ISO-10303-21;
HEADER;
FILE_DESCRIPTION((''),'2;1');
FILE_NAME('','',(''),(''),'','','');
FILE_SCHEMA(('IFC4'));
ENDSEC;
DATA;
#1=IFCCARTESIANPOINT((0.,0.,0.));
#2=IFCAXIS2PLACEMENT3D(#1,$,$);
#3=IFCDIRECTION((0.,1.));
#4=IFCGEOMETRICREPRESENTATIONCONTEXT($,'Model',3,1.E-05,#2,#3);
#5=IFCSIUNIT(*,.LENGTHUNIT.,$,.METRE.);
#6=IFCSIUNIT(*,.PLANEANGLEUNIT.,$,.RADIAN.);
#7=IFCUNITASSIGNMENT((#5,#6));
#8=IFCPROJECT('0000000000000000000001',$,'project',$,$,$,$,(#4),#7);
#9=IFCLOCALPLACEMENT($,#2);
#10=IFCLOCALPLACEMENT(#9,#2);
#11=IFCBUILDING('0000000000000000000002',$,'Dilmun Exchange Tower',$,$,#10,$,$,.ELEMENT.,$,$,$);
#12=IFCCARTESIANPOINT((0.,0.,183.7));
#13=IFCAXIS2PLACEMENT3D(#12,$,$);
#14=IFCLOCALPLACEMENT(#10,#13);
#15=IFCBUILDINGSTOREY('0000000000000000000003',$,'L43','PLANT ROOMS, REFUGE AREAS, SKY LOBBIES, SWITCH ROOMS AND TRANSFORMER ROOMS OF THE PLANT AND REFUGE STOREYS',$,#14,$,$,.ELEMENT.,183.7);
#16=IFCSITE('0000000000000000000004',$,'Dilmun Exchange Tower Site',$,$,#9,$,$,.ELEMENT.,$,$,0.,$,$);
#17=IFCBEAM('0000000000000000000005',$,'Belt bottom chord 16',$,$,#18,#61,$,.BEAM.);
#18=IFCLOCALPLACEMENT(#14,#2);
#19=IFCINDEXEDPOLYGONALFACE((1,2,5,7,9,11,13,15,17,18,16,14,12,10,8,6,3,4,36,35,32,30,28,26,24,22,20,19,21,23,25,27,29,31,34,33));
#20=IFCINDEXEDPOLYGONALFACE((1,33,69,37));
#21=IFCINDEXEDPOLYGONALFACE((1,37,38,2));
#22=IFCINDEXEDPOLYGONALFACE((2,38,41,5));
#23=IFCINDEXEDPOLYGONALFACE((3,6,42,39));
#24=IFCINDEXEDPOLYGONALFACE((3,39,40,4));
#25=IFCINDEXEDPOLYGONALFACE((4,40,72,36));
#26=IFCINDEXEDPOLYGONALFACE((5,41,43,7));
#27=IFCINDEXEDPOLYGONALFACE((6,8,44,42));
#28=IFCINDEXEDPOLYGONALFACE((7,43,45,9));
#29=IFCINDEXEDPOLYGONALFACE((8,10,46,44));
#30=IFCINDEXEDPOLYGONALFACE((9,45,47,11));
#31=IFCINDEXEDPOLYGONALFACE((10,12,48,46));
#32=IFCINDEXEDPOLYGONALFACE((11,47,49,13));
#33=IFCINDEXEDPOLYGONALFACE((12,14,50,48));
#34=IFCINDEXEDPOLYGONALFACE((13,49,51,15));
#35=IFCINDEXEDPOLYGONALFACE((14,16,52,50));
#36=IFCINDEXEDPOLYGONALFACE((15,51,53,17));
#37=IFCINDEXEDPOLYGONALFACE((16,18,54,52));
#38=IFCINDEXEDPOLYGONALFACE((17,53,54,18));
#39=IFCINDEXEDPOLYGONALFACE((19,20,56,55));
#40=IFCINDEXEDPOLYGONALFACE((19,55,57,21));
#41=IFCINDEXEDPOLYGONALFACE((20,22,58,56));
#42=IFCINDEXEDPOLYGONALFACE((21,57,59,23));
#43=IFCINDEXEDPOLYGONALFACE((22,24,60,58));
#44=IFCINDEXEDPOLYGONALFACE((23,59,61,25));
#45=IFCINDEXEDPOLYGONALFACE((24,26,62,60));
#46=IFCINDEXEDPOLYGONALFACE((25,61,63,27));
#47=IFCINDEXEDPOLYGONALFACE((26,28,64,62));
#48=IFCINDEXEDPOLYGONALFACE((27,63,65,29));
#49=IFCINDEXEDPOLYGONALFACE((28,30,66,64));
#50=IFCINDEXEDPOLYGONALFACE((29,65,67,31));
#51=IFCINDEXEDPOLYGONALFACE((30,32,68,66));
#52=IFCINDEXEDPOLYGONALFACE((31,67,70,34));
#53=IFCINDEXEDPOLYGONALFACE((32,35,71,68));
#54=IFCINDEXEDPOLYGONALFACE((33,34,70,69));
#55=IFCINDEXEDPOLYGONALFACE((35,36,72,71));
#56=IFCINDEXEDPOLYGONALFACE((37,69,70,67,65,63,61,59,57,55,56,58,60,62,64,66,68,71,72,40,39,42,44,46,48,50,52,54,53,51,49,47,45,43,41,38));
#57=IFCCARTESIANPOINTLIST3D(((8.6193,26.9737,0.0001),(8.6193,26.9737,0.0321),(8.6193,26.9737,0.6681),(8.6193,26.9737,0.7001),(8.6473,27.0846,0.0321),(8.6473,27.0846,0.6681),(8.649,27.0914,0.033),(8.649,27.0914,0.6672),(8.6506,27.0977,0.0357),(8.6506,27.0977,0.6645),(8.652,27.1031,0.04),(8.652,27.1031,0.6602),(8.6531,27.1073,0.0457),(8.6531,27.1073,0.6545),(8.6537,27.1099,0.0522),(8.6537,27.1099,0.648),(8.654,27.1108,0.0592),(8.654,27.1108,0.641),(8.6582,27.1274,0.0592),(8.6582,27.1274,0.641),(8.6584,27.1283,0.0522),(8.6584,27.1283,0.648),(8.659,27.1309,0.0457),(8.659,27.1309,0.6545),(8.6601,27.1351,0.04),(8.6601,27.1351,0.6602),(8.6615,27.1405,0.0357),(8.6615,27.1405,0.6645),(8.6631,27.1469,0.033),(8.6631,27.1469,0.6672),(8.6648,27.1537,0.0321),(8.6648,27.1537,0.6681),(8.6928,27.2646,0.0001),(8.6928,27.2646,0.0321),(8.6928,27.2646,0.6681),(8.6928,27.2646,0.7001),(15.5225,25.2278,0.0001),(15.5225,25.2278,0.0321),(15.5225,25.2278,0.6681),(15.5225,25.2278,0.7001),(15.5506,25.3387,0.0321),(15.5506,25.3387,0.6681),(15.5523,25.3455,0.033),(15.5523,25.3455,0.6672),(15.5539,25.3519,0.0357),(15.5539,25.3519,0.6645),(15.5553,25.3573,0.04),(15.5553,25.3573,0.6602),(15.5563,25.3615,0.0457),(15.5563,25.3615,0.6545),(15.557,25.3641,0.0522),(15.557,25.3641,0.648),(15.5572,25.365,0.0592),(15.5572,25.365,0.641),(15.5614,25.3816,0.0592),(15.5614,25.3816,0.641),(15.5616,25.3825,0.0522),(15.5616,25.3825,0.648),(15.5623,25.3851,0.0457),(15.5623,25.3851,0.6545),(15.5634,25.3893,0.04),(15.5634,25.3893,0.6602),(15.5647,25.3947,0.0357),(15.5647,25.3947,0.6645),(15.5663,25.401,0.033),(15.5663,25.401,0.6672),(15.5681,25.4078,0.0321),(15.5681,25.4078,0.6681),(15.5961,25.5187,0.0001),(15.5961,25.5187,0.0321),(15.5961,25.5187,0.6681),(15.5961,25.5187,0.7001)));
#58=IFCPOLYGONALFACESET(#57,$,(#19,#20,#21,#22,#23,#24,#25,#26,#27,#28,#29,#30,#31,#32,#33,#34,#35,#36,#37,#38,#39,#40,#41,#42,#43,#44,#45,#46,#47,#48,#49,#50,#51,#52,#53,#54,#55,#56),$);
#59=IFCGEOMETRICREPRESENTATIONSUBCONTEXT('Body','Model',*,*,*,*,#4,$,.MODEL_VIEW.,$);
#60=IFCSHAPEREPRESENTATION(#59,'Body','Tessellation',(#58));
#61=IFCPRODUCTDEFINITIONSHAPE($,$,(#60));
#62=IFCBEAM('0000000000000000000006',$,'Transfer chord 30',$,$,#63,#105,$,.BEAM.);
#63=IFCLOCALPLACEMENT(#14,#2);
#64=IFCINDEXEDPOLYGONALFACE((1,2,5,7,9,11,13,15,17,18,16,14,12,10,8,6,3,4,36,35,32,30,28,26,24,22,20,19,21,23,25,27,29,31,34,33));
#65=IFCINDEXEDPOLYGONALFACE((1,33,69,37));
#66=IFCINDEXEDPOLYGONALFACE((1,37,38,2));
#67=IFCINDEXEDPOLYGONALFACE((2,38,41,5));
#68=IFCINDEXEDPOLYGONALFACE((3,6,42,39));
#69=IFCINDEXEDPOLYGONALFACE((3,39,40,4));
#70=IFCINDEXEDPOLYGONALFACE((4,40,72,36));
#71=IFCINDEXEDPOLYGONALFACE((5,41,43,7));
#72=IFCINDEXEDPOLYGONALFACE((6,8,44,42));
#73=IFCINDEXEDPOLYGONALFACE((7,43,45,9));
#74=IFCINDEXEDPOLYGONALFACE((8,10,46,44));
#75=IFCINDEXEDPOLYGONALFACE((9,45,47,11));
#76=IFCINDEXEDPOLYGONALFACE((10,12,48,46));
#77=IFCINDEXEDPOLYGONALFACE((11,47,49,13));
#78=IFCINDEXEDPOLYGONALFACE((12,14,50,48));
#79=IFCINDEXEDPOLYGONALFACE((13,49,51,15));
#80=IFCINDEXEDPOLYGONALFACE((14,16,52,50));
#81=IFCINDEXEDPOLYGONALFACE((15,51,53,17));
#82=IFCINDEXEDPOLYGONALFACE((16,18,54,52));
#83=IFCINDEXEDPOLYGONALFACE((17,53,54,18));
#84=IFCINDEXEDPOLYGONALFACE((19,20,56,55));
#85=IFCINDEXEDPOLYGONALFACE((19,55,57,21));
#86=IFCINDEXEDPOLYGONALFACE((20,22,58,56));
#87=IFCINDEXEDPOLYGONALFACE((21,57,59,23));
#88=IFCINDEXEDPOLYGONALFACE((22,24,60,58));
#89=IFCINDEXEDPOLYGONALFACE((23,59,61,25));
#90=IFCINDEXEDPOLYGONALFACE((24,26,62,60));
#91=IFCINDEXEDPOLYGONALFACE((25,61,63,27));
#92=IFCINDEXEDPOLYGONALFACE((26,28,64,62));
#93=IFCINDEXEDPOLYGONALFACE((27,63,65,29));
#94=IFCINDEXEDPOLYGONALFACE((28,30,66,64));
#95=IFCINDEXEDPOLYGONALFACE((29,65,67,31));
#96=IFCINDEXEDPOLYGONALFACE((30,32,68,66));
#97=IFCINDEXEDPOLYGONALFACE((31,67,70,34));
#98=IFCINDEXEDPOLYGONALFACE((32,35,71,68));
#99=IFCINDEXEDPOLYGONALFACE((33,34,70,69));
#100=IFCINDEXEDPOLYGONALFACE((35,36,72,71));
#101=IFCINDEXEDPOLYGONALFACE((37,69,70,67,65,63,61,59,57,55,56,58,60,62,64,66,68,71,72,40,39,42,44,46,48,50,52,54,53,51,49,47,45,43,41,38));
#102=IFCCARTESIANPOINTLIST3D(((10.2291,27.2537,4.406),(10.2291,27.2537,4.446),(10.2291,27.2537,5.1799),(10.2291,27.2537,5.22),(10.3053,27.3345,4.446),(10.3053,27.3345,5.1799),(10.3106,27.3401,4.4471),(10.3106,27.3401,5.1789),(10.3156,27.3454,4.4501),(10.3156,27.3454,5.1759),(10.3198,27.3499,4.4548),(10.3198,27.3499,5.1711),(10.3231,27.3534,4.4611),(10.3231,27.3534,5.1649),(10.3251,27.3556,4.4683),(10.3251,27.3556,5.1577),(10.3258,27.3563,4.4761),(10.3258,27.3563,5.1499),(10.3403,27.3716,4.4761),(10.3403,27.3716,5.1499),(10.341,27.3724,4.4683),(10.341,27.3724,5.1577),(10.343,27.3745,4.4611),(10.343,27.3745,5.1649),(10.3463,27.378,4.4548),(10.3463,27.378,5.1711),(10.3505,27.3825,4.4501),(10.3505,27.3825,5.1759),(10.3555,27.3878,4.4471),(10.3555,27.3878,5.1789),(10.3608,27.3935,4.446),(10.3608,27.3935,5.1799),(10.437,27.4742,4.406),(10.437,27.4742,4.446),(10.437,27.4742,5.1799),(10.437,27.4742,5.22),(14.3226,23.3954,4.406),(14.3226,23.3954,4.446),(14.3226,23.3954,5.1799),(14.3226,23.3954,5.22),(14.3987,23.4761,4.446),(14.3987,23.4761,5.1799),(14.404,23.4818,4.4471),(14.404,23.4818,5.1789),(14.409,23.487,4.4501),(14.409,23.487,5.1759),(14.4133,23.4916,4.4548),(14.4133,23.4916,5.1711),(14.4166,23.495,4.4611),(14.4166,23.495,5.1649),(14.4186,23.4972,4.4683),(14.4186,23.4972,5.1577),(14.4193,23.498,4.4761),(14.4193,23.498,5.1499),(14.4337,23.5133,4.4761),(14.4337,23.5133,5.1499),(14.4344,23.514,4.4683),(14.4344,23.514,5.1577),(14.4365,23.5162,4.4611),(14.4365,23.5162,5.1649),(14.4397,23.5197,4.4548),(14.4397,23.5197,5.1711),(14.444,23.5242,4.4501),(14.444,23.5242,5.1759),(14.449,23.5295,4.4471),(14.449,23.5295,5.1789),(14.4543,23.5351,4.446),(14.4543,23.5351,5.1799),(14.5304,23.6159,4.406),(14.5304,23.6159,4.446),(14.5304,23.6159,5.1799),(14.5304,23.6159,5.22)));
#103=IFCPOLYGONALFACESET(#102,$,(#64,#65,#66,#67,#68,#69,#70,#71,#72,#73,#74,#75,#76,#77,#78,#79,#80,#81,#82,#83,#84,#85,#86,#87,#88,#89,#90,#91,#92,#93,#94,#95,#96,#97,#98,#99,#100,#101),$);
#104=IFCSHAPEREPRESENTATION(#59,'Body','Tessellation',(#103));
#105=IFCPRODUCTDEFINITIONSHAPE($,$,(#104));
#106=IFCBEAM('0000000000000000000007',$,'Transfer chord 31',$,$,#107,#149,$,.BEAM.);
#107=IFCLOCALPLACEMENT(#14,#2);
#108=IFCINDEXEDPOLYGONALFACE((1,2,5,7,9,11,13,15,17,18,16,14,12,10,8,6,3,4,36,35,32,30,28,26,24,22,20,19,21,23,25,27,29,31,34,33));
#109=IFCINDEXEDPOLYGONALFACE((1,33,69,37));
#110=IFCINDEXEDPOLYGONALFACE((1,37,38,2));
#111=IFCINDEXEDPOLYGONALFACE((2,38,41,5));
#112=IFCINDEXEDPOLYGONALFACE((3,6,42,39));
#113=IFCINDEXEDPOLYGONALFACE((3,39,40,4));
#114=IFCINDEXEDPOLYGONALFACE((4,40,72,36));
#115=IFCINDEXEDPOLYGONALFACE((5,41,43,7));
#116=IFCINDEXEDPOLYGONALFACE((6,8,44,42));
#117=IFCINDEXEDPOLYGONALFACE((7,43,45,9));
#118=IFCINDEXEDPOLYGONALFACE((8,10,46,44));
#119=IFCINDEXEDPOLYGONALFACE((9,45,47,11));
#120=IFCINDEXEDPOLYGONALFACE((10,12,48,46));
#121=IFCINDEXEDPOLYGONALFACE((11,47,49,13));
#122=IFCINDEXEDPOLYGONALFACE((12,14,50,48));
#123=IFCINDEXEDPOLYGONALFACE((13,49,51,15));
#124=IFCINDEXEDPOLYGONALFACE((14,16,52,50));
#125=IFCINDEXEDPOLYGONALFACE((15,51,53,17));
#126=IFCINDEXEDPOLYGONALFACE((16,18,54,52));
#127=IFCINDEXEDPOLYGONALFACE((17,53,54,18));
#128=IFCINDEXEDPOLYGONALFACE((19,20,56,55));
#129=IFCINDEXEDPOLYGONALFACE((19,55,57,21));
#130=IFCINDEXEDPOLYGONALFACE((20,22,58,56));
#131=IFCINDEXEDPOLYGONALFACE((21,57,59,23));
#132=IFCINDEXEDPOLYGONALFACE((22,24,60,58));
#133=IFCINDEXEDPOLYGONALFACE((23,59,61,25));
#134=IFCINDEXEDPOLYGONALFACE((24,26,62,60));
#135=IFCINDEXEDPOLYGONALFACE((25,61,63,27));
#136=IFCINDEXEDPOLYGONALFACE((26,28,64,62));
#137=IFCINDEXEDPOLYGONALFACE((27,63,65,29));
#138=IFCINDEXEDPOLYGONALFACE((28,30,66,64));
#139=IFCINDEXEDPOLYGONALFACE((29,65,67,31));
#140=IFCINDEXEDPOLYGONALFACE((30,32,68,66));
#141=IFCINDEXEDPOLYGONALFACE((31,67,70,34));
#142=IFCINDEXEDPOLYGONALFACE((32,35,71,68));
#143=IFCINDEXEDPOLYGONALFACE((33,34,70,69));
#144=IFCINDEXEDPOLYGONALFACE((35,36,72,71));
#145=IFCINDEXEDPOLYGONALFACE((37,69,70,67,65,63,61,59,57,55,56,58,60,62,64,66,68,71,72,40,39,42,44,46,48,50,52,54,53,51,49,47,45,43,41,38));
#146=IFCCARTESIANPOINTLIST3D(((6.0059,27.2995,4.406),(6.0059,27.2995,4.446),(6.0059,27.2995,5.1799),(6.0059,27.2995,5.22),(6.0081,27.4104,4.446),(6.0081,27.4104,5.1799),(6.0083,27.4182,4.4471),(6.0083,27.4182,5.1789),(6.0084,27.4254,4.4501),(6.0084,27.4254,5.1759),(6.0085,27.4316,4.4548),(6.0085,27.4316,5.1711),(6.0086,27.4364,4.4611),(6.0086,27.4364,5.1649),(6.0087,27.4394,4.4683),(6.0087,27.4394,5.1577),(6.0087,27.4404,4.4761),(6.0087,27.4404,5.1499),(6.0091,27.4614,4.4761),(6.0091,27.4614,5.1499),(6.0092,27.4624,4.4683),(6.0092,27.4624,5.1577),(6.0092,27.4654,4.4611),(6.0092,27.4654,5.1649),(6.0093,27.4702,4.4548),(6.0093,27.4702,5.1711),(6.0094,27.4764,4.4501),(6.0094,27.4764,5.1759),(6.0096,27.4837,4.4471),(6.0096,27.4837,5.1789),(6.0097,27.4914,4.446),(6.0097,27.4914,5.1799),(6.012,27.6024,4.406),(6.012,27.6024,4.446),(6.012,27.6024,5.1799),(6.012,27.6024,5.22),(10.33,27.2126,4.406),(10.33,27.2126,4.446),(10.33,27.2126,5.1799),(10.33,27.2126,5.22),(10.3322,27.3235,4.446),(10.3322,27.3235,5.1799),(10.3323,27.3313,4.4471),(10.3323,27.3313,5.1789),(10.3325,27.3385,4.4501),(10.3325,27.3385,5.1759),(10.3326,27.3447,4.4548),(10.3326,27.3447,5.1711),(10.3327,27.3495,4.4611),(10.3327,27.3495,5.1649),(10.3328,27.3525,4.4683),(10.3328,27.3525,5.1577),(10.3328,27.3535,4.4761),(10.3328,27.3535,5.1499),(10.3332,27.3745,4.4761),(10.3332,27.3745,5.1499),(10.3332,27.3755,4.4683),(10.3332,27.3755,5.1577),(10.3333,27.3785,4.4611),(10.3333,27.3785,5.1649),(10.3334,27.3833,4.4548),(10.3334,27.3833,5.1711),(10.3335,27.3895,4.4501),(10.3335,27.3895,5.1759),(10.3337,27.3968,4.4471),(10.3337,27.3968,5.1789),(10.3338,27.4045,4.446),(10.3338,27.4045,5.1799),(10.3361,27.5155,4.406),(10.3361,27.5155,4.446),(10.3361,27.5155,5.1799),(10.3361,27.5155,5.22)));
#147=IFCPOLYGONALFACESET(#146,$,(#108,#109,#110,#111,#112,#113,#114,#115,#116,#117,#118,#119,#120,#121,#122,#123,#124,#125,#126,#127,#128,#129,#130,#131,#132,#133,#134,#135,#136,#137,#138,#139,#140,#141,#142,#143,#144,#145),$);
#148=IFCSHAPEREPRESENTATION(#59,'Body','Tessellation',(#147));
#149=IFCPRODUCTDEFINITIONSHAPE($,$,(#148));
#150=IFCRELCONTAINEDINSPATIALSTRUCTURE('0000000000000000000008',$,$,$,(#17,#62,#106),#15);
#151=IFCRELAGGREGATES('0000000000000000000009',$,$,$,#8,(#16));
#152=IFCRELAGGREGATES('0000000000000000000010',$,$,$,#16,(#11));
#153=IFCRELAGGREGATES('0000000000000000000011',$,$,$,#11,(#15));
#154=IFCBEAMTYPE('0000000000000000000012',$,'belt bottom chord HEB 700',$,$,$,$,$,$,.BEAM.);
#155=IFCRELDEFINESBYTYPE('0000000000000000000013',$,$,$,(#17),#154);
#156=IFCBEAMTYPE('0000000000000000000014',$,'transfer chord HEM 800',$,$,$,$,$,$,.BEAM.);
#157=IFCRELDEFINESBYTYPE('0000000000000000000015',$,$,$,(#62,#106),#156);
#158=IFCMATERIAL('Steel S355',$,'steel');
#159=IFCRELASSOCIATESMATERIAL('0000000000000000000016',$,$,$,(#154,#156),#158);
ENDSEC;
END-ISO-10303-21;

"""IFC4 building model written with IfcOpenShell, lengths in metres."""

from ifc_helpers import new_model, si_unit, direction, frame, origin, origin_2d, place, context, subcontext, project, spatial, i_section, extrude, material, material_profile, profile_set, type_object, element, save


model = new_model("IFC4")

# Units and contexts
model_context = context("Model", 3, precision=1e-05, world=origin(), true_north=direction((0.0, 1.0)))
body_context = subcontext(model_context, "Body", "Model", "MODEL_VIEW")
ifc_project = project(units=[si_unit("LENGTHUNIT", "METRE"), si_unit("PLANEANGLEUNIT", "RADIAN")], contexts=[model_context])

# Site, building, storey
site_placement = place(None, origin())
site = spatial("IfcSite", under=ifc_project, at=site_placement, Name="Dilmun Exchange Tower Site", CompositionType="ELEMENT", RefElevation=0.0)
building_placement = place(site_placement, origin())
building = spatial("IfcBuilding", under=site, at=building_placement, Name="Dilmun Exchange Tower", CompositionType="ELEMENT")
storey_placement = place(building_placement, frame((0.0, 0.0, 183.7)))
storey = spatial("IfcBuildingStorey", under=building, at=storey_placement, Name="L43", Description="PLANT ROOMS, REFUGE AREAS, SKY LOBBIES, SWITCH ROOMS AND TRANSFORMER ROOMS OF THE PLANT AND REFUGE STOREYS", CompositionType="ELEMENT", Elevation=183.7)

# Beams
ifc_material_1 = material(Name="Steel S355", Category="steel")
ifc_material_profile_1 = material_profile(ifc_material_1, i_section(OverallWidth=0.3, OverallDepth=0.7, WebThickness=0.0171, FlangeThickness=0.032, FilletRadius=0.0271, at=origin_2d()), Name="HEB 700")
ifc_profile_set_1 = profile_set([ifc_material_profile_1], Name="Steel S355")
beam_type_1 = type_object("IfcBeamType", Name="belt bottom chord HEB 700", PredefinedType="BEAM", material=ifc_profile_set_1)
beam_1_placement = place(storey_placement, frame((15.5593, 25.3733, 0.3501), z_axis=(-0.969477, 0.245181, 0.0), x_axis=(-0.245181, -0.969477, 0.0)))
element("IfcBeam", 1, at=beam_1_placement, inside=storey, type_object=beam_type_1, Name="Belt bottom chord 16", PredefinedType="BEAM", context=body_context, shape_type="SweptSolid", body=[
    extrude(i_section(OverallWidth=0.3, OverallDepth=0.7, WebThickness=0.0171, FlangeThickness=0.032, FilletRadius=0.0271, at=origin_2d()), origin(), (0.0, 0.0, 1.0), 7.1206),
])
ifc_material_profile_2 = material_profile(ifc_material_1, i_section(OverallWidth=0.303, OverallDepth=0.814, WebThickness=0.021, FlangeThickness=0.04, FilletRadius=0.03, at=origin_2d()), Name="HEM 800")
ifc_profile_set_2 = profile_set([ifc_material_profile_2], Name="Steel S355")
beam_type_2 = type_object("IfcBeamType", Name="transfer chord HEM 800", PredefinedType="BEAM", material=ifc_profile_set_2)
beam_2_placement = place(storey_placement, frame((14.4265, 23.5056, 4.813), z_axis=(-0.727695, 0.685901, 0.0), x_axis=(-0.685901, -0.727695, 0.0)))
element("IfcBeam", 2, at=beam_2_placement, inside=storey, type_object=beam_type_2, Name="Transfer chord 30", PredefinedType="BEAM", context=body_context, shape_type="SweptSolid", body=[
    extrude(i_section(OverallWidth=0.303, OverallDepth=0.814, WebThickness=0.021, FlangeThickness=0.04, FilletRadius=0.03, at=origin_2d()), origin(), (0.0, 0.0, 1.0), 5.6252),
])
beam_3_placement = place(storey_placement, frame((10.333, 27.364, 4.813), z_axis=(-0.999798, 0.020096, 0.0), x_axis=(-0.020096, -0.999798, 0.0)))
element("IfcBeam", 3, at=beam_3_placement, inside=storey, type_object=beam_type_2, Name="Transfer chord 31", PredefinedType="BEAM", context=body_context, shape_type="SweptSolid", body=[
    extrude(i_section(OverallWidth=0.303, OverallDepth=0.814, WebThickness=0.021, FlangeThickness=0.04, FilletRadius=0.03, at=origin_2d()), origin(), (0.0, 0.0, 1.0), 4.325),
])

save(model, "model.ifc")
